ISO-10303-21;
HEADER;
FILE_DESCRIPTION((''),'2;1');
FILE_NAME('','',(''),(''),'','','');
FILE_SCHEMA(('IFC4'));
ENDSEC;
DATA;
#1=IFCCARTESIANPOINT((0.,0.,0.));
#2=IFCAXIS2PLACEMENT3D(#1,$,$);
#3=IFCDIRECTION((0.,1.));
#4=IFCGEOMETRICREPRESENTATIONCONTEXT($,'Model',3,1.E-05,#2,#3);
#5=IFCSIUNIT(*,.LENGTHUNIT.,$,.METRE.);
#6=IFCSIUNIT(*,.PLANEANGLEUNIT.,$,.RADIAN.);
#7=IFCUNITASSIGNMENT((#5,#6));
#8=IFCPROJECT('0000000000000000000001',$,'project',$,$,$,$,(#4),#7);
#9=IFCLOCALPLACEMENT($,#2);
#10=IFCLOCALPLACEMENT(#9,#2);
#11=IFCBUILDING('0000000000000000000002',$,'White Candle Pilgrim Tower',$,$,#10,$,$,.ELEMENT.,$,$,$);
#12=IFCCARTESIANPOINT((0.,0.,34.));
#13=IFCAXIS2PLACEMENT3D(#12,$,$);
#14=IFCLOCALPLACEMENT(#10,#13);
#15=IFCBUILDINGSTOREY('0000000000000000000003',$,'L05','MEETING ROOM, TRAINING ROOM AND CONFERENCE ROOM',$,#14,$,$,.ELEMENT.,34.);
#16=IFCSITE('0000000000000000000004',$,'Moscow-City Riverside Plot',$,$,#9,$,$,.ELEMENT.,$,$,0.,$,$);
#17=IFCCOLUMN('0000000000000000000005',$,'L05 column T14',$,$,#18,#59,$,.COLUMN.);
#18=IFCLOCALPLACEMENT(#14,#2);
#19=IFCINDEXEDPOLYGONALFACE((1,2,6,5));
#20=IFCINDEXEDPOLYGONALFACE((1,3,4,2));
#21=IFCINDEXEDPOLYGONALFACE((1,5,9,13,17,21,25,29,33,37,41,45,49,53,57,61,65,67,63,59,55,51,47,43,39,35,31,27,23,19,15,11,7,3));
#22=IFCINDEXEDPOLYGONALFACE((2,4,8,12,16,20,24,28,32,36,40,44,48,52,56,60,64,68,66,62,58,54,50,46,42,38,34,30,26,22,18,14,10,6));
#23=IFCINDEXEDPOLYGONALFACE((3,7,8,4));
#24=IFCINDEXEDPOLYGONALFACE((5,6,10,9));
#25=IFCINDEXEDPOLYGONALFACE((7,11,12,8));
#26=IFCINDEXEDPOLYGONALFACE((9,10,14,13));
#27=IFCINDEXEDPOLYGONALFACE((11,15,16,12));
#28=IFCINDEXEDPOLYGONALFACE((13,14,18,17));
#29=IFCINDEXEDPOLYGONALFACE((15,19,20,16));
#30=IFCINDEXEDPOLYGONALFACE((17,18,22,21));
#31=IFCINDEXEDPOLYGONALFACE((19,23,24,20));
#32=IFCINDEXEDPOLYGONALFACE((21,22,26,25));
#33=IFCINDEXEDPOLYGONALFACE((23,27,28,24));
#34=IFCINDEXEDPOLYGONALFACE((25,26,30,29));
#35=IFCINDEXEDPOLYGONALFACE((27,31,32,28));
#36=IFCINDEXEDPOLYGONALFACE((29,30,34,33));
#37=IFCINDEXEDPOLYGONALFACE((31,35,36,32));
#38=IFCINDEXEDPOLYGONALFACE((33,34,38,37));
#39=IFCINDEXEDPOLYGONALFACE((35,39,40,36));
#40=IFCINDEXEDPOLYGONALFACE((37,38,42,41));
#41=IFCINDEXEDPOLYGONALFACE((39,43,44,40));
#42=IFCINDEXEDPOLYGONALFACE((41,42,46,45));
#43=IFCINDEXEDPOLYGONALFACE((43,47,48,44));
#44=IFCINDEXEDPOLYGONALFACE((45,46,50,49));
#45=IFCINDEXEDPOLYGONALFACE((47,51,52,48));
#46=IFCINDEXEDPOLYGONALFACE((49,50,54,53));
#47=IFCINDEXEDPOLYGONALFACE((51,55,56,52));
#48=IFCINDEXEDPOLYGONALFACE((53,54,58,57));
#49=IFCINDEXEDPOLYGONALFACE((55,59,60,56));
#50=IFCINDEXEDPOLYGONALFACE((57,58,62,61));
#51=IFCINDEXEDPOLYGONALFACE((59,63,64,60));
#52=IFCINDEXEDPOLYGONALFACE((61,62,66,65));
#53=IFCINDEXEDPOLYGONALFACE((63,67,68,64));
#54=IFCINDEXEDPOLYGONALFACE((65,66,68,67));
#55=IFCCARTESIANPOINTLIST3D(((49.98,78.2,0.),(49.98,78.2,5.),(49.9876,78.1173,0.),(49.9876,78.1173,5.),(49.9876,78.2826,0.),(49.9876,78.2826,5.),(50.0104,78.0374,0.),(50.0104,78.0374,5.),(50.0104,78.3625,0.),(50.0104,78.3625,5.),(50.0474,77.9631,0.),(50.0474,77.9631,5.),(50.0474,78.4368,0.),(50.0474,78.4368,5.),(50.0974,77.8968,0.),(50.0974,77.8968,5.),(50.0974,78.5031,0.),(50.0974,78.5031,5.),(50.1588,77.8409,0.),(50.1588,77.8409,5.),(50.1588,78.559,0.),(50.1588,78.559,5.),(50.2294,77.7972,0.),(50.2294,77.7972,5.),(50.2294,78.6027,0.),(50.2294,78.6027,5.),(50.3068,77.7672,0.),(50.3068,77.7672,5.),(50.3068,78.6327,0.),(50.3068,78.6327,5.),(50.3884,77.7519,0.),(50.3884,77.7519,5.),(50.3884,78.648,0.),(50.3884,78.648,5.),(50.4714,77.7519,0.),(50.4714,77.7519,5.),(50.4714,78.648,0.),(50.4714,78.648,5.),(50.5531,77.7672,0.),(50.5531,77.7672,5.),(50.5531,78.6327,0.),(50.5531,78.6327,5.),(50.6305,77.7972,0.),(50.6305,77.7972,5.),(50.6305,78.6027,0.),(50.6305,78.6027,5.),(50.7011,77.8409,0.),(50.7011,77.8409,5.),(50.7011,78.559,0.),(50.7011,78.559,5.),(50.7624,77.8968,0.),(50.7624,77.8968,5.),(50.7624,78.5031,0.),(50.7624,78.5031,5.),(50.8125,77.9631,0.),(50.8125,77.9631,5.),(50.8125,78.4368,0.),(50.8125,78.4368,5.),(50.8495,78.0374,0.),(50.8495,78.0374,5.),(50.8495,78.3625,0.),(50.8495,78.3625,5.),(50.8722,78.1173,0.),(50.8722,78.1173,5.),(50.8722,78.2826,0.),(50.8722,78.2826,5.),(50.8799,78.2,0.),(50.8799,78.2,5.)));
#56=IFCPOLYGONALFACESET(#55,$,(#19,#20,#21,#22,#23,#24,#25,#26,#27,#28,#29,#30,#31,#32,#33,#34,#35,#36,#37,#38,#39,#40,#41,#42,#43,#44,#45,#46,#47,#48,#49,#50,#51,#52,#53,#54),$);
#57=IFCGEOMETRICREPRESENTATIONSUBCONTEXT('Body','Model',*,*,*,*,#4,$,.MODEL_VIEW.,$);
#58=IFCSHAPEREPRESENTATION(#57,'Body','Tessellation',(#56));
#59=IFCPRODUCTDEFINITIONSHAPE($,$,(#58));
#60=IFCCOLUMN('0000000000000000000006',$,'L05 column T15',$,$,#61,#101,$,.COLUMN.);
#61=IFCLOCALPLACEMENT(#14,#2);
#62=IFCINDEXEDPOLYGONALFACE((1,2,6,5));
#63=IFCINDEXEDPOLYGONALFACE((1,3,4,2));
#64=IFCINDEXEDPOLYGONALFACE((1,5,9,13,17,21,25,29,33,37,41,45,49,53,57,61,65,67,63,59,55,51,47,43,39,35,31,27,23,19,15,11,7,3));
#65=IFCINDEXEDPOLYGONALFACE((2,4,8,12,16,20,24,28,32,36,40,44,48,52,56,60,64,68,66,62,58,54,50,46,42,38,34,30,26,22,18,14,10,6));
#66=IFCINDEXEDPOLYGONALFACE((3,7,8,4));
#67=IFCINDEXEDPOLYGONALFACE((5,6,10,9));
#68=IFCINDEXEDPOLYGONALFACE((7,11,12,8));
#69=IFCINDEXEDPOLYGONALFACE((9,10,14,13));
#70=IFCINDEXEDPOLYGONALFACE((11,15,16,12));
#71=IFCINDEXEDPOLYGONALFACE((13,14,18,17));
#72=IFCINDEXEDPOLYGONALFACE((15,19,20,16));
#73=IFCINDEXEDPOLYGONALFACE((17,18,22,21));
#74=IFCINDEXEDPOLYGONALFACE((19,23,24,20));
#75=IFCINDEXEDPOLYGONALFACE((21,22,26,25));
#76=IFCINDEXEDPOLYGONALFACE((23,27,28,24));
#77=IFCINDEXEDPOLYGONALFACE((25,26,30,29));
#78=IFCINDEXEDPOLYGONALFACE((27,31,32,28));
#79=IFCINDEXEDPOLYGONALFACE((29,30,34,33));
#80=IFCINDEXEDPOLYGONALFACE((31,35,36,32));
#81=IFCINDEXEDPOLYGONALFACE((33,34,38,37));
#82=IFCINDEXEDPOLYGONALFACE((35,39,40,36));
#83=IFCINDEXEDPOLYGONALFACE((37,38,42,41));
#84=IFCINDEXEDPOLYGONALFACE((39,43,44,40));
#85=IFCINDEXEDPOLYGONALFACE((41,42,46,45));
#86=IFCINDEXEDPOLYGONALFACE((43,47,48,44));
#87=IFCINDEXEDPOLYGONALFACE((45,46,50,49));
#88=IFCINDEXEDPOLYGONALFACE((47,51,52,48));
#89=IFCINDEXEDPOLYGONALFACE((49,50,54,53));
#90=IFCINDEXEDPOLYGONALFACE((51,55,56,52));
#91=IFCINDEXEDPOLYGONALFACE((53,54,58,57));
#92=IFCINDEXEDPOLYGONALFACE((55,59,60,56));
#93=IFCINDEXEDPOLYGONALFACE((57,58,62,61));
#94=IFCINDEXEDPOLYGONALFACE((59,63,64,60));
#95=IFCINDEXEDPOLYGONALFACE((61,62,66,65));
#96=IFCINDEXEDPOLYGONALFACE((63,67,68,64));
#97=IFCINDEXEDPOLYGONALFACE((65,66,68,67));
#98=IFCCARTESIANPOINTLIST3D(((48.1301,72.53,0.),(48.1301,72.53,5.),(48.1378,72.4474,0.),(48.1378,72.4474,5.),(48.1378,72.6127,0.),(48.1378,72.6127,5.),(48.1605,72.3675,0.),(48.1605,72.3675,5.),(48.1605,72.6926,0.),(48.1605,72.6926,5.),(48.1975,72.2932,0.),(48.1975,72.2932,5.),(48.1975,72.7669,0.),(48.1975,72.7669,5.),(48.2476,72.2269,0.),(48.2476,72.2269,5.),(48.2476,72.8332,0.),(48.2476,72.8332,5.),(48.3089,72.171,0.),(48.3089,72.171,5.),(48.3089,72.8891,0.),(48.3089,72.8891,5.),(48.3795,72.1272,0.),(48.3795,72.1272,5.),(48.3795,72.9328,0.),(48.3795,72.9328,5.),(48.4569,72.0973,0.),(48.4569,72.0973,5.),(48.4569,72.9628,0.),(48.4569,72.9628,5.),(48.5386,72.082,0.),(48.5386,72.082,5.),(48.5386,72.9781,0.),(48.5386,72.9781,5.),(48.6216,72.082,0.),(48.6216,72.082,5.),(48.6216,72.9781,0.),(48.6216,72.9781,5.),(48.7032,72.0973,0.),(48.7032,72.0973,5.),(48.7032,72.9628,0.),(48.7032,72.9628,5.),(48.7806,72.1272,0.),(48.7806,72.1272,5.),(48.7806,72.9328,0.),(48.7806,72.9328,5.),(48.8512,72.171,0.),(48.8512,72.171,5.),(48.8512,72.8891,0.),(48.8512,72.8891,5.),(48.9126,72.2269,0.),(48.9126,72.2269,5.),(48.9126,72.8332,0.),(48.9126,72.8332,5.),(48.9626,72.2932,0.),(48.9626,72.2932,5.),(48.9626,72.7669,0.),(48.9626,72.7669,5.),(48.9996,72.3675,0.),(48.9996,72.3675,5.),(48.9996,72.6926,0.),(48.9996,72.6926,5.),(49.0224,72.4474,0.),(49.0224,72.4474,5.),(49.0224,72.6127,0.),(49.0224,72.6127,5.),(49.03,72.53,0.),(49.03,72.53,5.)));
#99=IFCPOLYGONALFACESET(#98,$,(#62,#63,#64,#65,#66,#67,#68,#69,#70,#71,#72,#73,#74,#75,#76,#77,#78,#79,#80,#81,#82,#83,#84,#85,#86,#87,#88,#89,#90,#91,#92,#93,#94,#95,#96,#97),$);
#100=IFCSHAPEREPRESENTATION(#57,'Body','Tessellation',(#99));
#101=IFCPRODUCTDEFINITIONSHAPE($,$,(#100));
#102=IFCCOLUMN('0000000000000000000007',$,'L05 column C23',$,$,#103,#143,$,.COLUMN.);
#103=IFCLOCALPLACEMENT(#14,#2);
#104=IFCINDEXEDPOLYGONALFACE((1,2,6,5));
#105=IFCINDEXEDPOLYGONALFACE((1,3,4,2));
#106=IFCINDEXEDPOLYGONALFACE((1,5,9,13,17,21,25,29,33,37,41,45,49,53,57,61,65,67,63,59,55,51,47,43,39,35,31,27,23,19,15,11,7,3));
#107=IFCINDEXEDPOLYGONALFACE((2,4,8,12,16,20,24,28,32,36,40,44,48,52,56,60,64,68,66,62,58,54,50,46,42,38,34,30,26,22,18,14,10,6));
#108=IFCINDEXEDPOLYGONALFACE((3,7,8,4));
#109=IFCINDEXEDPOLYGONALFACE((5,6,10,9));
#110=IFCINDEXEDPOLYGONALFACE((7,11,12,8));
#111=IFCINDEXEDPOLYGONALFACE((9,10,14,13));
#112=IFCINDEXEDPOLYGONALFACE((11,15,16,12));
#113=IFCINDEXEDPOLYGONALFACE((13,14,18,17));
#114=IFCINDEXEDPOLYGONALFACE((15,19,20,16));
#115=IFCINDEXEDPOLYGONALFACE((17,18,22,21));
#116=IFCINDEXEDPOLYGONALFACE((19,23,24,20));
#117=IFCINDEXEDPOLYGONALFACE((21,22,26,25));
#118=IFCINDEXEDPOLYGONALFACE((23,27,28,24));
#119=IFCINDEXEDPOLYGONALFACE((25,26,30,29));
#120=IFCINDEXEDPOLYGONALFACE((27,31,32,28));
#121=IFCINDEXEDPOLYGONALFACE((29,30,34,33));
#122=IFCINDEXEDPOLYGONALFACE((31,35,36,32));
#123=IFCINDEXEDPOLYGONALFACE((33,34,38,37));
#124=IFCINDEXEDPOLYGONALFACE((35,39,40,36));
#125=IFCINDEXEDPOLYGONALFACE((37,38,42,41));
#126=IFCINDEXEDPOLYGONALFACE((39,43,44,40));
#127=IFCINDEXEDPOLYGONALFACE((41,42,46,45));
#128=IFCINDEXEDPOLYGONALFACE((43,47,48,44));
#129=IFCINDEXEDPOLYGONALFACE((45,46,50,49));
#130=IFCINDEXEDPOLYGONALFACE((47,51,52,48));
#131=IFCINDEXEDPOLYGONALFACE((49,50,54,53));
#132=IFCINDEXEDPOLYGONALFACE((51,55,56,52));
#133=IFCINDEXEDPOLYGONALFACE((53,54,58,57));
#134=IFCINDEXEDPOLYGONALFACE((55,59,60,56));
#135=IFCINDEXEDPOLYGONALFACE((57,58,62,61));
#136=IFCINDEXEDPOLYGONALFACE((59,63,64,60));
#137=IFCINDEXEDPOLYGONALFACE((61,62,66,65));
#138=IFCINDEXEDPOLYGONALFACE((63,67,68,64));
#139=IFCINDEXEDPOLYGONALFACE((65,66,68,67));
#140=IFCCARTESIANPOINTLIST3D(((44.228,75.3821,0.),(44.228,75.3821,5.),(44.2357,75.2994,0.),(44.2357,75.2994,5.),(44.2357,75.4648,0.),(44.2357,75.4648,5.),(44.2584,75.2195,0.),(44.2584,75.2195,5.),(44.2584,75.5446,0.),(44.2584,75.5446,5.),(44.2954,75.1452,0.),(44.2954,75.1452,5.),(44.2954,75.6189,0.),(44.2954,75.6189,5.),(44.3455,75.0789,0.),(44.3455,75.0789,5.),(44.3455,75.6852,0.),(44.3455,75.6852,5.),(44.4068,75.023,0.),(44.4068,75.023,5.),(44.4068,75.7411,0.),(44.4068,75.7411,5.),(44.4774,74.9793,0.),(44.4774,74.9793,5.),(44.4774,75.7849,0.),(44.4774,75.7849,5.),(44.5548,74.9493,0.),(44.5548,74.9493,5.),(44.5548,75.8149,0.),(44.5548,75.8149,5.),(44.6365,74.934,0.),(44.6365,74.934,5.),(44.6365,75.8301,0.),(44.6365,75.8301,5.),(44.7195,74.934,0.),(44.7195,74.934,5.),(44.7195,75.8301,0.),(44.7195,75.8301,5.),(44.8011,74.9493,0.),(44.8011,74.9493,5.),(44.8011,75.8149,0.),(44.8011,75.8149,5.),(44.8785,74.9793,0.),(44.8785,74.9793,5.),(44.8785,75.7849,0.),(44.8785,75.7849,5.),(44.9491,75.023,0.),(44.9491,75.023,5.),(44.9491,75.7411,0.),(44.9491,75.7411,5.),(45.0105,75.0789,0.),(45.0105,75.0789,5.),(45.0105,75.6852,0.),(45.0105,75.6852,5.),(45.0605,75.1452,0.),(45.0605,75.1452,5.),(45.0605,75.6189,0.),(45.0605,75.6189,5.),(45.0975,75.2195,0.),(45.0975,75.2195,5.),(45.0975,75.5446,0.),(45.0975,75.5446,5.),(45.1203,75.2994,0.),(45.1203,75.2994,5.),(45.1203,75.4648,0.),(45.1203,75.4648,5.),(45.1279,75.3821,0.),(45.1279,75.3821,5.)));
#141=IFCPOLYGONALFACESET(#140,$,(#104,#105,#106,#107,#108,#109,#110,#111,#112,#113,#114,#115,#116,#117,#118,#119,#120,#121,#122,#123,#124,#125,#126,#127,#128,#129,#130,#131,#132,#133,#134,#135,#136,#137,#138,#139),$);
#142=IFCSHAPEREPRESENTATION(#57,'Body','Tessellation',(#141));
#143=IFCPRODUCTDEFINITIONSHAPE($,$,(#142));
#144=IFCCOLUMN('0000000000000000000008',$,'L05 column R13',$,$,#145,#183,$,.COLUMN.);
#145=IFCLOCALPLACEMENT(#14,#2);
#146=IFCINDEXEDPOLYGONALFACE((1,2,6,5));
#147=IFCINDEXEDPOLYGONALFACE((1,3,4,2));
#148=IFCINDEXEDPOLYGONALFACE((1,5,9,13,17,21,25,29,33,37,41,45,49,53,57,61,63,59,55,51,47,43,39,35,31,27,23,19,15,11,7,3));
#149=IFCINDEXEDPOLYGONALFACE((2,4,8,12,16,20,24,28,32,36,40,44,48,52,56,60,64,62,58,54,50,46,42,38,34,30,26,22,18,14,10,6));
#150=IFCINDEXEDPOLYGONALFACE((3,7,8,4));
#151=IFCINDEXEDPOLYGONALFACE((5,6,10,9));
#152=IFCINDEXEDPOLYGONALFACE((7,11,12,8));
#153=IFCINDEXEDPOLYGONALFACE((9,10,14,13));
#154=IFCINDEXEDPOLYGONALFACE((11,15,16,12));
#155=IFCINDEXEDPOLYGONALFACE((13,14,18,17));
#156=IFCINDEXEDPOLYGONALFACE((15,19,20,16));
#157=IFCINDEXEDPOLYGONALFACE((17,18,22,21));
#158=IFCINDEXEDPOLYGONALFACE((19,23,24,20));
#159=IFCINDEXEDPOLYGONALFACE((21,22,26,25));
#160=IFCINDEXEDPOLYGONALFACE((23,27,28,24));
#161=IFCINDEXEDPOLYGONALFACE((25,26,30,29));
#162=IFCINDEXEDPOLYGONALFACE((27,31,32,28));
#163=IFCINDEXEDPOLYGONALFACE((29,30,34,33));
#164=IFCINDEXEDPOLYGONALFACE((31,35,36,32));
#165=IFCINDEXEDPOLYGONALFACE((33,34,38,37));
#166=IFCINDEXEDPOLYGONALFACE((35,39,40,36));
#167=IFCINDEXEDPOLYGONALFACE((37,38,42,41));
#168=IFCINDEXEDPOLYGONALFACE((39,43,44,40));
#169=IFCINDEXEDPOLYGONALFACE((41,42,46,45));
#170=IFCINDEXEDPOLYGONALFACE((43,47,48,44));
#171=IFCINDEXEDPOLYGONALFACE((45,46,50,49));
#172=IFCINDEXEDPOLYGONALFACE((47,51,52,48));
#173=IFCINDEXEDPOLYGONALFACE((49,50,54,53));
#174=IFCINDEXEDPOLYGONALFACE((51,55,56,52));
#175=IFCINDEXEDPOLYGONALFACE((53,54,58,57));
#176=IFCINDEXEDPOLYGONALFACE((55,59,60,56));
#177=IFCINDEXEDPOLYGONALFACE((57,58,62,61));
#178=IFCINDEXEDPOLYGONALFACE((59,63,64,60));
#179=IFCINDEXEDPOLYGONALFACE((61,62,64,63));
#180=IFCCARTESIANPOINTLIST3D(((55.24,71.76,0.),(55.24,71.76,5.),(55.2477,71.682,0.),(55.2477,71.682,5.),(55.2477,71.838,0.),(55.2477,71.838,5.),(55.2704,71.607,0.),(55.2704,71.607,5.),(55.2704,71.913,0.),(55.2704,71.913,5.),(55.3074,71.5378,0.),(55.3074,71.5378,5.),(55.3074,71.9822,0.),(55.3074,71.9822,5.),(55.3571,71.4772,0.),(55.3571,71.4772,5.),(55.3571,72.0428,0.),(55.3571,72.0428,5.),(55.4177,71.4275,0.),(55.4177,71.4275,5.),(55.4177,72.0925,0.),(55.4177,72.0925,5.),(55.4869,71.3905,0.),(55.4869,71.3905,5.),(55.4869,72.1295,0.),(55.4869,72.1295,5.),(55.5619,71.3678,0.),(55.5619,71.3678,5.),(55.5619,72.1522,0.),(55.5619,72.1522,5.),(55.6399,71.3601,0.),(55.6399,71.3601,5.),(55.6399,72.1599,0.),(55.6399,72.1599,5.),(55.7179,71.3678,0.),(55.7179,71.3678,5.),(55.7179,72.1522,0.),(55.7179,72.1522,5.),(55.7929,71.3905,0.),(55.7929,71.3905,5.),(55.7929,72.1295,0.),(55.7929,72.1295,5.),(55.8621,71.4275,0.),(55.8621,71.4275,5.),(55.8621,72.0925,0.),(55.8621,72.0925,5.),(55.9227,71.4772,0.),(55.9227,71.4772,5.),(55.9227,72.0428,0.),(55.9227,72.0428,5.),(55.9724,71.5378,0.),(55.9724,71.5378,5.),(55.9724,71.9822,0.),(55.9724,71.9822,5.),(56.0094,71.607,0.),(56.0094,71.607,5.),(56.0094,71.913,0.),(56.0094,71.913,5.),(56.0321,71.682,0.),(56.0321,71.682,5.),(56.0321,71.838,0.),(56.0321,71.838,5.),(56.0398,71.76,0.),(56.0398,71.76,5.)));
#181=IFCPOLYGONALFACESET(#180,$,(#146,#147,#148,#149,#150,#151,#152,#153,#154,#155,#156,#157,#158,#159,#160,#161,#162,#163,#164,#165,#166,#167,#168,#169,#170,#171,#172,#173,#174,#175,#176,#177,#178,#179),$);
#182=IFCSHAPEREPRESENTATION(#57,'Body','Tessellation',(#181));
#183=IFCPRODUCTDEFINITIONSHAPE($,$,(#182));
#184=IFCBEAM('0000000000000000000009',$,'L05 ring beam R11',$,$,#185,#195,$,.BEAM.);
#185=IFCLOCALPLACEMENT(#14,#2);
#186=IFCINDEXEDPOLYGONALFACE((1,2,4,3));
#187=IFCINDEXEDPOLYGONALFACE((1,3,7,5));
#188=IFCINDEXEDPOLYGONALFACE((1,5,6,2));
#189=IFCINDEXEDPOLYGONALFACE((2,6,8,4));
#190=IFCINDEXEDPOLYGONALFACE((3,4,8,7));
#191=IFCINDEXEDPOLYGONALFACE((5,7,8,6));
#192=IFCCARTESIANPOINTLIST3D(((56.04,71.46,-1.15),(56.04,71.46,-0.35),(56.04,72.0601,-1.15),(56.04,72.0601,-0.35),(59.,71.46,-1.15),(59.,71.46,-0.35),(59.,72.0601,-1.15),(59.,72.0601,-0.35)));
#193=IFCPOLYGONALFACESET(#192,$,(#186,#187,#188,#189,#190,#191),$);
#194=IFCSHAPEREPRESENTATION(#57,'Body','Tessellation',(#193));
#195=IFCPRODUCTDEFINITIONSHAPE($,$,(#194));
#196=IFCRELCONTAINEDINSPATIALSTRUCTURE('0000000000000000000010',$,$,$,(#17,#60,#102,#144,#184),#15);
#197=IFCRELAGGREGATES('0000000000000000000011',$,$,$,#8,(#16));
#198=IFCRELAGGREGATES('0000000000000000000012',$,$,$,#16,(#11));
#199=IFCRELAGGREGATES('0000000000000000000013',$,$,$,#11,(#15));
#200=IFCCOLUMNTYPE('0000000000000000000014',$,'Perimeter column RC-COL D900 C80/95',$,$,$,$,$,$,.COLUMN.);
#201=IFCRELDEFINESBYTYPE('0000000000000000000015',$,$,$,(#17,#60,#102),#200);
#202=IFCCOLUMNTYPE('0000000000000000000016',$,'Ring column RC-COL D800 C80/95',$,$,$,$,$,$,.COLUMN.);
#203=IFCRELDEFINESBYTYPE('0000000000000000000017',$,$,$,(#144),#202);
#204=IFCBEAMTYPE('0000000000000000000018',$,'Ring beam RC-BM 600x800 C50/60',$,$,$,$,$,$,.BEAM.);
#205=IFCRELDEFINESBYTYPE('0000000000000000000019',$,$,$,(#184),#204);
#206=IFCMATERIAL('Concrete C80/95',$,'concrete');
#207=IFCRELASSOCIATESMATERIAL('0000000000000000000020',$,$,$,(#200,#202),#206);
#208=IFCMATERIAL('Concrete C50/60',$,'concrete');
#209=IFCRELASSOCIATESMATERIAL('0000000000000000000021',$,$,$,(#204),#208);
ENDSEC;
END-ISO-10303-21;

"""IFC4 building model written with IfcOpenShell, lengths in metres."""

from ifc_helpers import new_model, si_unit, direction, frame, origin, origin_2d, place, context, subcontext, project, spatial, rectangle, circle, extrude, material, material_profile, profile_set, type_object, element, save


model = new_model("IFC4")

# Units and contexts
model_context = context("Model", 3, precision=1e-05, world=origin(), true_north=direction((0.0, 1.0)))
body_context = subcontext(model_context, "Body", "Model", "MODEL_VIEW")
ifc_project = project(units=[si_unit("LENGTHUNIT", "METRE"), si_unit("PLANEANGLEUNIT", "RADIAN")], contexts=[model_context])

# Site, building, storey
site_placement = place(None, origin())
site = spatial("IfcSite", under=ifc_project, at=site_placement, Name="Moscow-City Riverside Plot", CompositionType="ELEMENT", RefElevation=0.0)
building_placement = place(site_placement, origin())
building = spatial("IfcBuilding", under=site, at=building_placement, Name="White Candle Pilgrim Tower", CompositionType="ELEMENT")
storey_placement = place(building_placement, frame((0.0, 0.0, 34.0)))
storey = spatial("IfcBuildingStorey", under=building, at=storey_placement, Name="L05", Description="MEETING ROOM, TRAINING ROOM AND CONFERENCE ROOM", CompositionType="ELEMENT", Elevation=34.0)

# Columns
ifc_material_1 = material(Name="Concrete C80/95", Category="concrete")
ifc_material_profile_1 = material_profile(ifc_material_1, circle(Radius=0.45, at=origin_2d()), Name="RC-COL D900")
ifc_profile_set_1 = profile_set([ifc_material_profile_1], Name="Concrete C80/95")
column_type_1 = type_object("IfcColumnType", Name="Perimeter column RC-COL D900 C80/95", PredefinedType="COLUMN", material=ifc_profile_set_1)
for number, where, z_axis, x_axis, name in (
    (1, (50.4299, 78.2, 0.0), (0.0, 0.0, 1.0), (1.0, 0.0, 0.0), "L05 column T14"),
    (2, (48.5801, 72.53, 0.0), (0.0, 0.0, 1.0), (1.0, 0.0, 0.0), "L05 column T15"),
    (3, (44.678, 75.3821, 0.0), (0.0, 0.0, 1.0), (1.0, 0.0, 0.0), "L05 column C23"),
):
    element("IfcColumn", number, at=place(storey_placement, frame(where, z_axis=z_axis, x_axis=x_axis)), inside=storey, type_object=column_type_1, Name=name, PredefinedType="COLUMN", context=body_context, shape_type="SweptSolid", body=[
        extrude(circle(Radius=0.45, at=origin_2d()), origin(), (0.0, 0.0, 1.0), 5.0),
    ])
ifc_material_profile_2 = material_profile(ifc_material_1, circle(Radius=0.3999, at=origin_2d()), Name="RC-COL D800")
ifc_profile_set_2 = profile_set([ifc_material_profile_2], Name="Concrete C80/95")
column_type_2 = type_object("IfcColumnType", Name="Ring column RC-COL D800 C80/95", PredefinedType="COLUMN", material=ifc_profile_set_2)
column_placement = place(storey_placement, frame((55.6399, 71.76, 0.0), z_axis=(0.0, 0.0, 1.0), x_axis=(1.0, 0.0, 0.0)))
element("IfcColumn", 4, at=column_placement, inside=storey, type_object=column_type_2, Name="L05 column R13", PredefinedType="COLUMN", context=body_context, shape_type="SweptSolid", body=[
    extrude(circle(Radius=0.3999, at=origin_2d()), origin(), (0.0, 0.0, 1.0), 5.0),
])

# Beam
ifc_material_2 = material(Name="Concrete C50/60", Category="concrete")
ifc_material_profile_3 = material_profile(ifc_material_2, rectangle(XDim=0.6001, YDim=0.8, at=origin_2d()), Name="RC-BM 600x800")
ifc_profile_set_3 = profile_set([ifc_material_profile_3], Name="Concrete C50/60")
beam_type_1 = type_object("IfcBeamType", Name="Ring beam RC-BM 600x800 C50/60", PredefinedType="BEAM", material=ifc_profile_set_3)
beam_1_placement = place(storey_placement, frame((56.04, 71.76, -0.75), z_axis=(1.0, 0.0, 0.0), x_axis=(0.0, 1.0, 0.0)))
element("IfcBeam", 5, at=beam_1_placement, inside=storey, type_object=beam_type_1, Name="L05 ring beam R11", PredefinedType="BEAM", context=body_context, shape_type="SweptSolid", body=[
    extrude(rectangle(XDim=0.6001, YDim=0.8, at=origin_2d()), origin(), (0.0, 0.0, 1.0), 2.96),
])

save(model, "model.ifc")
